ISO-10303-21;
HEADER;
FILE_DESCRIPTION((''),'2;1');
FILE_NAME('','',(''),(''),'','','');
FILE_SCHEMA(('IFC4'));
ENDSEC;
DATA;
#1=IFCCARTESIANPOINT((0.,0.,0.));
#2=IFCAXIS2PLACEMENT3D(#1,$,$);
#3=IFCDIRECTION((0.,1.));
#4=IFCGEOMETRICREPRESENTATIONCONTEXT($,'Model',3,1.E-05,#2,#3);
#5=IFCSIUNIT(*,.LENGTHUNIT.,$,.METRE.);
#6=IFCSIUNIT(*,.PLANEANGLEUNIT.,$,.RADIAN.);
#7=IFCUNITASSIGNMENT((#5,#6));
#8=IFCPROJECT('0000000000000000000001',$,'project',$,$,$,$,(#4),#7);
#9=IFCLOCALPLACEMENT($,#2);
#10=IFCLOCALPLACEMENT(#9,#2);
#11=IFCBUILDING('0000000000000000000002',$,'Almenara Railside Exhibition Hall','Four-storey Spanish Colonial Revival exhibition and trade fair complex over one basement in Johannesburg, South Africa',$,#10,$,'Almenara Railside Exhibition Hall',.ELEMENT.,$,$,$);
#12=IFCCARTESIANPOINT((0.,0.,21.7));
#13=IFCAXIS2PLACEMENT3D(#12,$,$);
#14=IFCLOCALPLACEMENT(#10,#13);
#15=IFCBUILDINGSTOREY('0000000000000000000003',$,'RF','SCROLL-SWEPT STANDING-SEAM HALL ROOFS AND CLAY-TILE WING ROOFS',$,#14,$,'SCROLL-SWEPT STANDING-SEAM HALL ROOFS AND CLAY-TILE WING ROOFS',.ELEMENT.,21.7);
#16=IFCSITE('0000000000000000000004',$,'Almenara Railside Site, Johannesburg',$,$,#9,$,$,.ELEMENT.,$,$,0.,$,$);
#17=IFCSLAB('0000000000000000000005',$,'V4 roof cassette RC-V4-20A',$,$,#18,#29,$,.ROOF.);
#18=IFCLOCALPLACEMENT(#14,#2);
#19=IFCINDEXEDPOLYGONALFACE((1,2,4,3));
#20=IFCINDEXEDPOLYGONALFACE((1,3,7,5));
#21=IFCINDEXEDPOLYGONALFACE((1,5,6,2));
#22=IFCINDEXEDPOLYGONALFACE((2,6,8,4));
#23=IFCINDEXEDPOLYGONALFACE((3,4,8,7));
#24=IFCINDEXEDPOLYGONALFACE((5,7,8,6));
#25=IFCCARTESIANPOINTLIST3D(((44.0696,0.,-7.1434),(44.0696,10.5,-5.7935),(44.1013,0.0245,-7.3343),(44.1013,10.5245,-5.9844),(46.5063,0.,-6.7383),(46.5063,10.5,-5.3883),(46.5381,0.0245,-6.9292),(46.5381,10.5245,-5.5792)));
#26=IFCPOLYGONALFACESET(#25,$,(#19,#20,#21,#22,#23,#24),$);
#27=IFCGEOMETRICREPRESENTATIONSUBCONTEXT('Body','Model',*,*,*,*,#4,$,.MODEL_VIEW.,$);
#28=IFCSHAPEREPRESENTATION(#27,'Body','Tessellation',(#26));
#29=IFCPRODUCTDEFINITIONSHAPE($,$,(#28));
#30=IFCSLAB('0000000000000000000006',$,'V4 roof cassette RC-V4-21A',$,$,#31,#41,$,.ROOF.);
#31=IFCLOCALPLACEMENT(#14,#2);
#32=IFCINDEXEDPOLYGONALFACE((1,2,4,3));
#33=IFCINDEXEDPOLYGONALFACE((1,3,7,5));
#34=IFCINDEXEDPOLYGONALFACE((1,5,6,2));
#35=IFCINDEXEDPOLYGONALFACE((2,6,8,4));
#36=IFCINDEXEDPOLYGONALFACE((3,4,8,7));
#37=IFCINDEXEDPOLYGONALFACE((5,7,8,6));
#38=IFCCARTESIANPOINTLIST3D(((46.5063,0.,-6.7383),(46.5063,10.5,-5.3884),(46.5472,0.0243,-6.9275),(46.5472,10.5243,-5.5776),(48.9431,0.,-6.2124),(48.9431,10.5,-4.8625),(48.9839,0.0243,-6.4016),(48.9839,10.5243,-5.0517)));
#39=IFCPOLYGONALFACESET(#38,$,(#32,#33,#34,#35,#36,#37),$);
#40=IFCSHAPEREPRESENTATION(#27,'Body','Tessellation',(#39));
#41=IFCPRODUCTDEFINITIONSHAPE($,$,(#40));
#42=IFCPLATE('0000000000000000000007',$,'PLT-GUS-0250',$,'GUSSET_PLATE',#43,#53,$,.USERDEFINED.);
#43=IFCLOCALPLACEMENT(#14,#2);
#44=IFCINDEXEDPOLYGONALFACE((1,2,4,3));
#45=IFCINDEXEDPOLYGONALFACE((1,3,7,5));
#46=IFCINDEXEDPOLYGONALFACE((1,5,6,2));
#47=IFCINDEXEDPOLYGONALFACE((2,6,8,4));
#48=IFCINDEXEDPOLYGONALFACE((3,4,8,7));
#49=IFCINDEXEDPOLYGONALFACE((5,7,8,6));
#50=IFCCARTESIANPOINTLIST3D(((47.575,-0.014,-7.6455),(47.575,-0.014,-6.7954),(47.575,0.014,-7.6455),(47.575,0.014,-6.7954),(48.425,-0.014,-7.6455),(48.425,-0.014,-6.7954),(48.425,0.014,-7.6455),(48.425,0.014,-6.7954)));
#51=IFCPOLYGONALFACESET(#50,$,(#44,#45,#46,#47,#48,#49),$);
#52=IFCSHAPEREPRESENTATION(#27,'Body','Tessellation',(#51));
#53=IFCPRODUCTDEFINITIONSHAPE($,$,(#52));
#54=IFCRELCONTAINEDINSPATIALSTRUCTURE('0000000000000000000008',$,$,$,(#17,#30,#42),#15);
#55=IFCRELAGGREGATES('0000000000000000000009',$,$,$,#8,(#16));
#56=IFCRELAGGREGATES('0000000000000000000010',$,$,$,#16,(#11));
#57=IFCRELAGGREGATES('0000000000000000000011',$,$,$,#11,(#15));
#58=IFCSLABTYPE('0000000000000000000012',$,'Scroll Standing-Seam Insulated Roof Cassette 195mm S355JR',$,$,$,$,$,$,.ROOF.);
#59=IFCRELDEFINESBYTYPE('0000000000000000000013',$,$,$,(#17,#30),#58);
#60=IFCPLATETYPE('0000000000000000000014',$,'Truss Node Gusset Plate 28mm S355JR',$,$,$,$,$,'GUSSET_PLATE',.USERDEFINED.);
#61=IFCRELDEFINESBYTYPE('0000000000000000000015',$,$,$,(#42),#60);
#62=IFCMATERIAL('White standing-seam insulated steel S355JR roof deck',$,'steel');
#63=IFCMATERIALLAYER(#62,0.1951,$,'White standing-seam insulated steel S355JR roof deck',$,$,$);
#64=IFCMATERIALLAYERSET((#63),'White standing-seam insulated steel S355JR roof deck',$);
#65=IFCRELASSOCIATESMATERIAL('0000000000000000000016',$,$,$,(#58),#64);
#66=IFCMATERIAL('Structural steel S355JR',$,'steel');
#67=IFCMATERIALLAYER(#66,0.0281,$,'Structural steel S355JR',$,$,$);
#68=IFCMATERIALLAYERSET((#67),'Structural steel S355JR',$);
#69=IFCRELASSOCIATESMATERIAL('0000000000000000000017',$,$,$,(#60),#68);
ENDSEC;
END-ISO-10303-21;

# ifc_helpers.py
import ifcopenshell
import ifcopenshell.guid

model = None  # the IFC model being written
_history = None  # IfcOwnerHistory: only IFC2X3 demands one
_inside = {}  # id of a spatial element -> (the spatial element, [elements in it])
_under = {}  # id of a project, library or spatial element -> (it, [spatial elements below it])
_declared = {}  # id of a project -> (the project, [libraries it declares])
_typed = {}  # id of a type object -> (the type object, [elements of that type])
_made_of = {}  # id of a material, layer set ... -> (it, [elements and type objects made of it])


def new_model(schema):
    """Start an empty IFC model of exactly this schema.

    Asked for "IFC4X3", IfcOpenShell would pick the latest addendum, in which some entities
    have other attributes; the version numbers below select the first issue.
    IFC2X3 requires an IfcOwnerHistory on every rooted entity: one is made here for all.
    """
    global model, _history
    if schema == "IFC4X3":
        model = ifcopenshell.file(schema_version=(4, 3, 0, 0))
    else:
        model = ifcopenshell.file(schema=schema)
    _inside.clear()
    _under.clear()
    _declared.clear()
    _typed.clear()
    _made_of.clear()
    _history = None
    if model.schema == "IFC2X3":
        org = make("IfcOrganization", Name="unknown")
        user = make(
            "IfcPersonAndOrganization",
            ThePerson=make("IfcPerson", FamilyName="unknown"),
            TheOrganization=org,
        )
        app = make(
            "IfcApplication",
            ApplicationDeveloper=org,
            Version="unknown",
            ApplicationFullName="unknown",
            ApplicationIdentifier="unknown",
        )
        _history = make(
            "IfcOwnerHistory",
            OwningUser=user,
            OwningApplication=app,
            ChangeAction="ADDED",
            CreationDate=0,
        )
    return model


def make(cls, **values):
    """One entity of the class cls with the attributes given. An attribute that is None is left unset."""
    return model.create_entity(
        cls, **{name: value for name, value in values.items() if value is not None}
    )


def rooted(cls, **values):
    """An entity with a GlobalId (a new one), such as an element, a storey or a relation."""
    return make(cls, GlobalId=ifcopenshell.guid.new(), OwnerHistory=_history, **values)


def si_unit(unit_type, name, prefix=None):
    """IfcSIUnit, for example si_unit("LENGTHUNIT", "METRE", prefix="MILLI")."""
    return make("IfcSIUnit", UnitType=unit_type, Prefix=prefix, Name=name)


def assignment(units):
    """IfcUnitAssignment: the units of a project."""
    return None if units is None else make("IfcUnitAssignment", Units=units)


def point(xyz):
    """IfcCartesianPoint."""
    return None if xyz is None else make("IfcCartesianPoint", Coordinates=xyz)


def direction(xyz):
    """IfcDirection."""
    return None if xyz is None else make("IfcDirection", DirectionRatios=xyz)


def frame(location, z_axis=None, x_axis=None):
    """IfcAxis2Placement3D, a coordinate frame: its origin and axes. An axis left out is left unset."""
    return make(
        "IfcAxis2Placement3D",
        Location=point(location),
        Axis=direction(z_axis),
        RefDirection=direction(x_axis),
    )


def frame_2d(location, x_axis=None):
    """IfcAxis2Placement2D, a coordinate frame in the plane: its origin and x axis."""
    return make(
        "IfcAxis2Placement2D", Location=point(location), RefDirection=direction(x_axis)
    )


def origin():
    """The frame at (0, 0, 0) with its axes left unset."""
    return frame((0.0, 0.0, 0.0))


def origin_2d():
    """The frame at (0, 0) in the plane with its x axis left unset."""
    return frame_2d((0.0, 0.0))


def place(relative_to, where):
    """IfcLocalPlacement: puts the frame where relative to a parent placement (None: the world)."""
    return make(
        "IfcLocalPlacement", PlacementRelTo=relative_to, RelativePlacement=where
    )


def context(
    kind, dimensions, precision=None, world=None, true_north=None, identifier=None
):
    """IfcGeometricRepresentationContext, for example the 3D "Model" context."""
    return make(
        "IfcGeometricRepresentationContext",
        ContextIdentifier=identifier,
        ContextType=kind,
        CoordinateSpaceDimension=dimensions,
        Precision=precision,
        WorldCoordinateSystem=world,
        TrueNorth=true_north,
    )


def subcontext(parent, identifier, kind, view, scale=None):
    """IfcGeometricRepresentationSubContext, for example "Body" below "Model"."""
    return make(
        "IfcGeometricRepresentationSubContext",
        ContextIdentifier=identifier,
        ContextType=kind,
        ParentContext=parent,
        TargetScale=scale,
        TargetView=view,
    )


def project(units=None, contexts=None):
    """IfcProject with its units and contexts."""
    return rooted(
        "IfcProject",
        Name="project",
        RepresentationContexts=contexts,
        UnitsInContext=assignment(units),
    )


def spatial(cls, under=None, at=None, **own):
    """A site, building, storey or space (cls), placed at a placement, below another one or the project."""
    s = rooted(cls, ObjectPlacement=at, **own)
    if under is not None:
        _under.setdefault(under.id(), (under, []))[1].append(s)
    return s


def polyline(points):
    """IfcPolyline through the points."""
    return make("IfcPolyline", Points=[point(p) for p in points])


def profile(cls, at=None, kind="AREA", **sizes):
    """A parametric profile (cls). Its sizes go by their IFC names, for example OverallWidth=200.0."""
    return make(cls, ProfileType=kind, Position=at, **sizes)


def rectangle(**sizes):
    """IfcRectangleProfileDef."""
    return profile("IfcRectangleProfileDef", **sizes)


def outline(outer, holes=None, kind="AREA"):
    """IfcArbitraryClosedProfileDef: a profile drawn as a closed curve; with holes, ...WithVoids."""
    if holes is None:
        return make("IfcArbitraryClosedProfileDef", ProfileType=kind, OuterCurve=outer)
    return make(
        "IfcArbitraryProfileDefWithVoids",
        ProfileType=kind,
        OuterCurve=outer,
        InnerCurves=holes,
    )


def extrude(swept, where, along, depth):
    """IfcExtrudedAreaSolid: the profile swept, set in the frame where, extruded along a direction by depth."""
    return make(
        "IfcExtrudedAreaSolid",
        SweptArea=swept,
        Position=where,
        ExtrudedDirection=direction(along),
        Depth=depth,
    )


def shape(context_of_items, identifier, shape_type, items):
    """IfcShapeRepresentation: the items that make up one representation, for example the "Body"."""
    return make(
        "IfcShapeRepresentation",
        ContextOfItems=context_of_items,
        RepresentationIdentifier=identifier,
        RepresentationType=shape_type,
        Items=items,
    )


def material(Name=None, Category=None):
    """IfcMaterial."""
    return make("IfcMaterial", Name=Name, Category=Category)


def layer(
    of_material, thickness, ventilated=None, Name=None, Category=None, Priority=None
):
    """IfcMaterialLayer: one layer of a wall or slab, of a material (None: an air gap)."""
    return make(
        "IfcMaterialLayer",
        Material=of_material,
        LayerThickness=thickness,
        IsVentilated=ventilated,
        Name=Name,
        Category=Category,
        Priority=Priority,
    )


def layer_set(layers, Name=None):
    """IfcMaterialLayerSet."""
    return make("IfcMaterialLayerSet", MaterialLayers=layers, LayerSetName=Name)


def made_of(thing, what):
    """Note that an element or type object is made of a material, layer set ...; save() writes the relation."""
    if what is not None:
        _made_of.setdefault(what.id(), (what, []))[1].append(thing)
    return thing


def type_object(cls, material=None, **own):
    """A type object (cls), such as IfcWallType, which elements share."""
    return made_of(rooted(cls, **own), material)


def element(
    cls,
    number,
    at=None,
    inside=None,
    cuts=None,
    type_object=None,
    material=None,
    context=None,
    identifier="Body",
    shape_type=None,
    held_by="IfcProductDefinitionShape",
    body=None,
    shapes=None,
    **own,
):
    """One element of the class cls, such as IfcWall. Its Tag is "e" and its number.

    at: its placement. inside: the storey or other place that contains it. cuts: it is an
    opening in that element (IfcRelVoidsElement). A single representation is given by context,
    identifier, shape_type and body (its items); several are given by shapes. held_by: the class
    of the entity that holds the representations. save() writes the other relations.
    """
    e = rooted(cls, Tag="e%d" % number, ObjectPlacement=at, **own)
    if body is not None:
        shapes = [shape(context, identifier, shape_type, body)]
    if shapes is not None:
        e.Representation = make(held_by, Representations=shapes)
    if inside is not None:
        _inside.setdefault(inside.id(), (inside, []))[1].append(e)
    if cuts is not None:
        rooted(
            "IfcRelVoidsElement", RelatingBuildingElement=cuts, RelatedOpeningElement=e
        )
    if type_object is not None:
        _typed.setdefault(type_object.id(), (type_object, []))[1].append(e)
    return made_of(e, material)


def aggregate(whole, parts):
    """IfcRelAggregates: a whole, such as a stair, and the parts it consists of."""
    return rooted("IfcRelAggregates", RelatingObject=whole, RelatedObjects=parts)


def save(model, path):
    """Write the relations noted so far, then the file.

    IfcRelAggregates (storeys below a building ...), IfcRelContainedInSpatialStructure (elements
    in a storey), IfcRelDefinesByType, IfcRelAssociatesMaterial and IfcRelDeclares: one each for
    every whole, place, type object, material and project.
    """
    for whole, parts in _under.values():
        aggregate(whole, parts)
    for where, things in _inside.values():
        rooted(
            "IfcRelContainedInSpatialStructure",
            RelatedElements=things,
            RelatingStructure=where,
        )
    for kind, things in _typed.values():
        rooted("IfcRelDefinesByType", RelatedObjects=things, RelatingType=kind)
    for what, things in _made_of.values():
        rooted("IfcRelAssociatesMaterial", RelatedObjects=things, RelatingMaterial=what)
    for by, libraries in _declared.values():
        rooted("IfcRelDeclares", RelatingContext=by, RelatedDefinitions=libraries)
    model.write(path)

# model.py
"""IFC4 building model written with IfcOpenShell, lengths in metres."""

from ifc_helpers import new_model, si_unit, direction, frame, origin, origin_2d, place, context, subcontext, project, spatial, polyline, rectangle, outline, extrude, material, layer, layer_set, type_object, element, save


model = new_model("IFC4")

# Units and contexts
model_context = context("Model", 3, precision=1e-05, world=origin(), true_north=direction((0.0, 1.0)))
body_context = subcontext(model_context, "Body", "Model", "MODEL_VIEW")
ifc_project = project(units=[si_unit("LENGTHUNIT", "METRE"), si_unit("PLANEANGLEUNIT", "RADIAN")], contexts=[model_context])

# Site, building, storey
site_placement = place(None, origin())
site = spatial("IfcSite", under=ifc_project, at=site_placement, Name="Almenara Railside Site, Johannesburg", CompositionType="ELEMENT", RefElevation=0.0)
building_placement = place(site_placement, origin())
building = spatial("IfcBuilding", under=site, at=building_placement, Name="Almenara Railside Exhibition Hall", Description="Four-storey Spanish Colonial Revival exhibition and trade fair complex over one basement in Johannesburg, South Africa", LongName="Almenara Railside Exhibition Hall", CompositionType="ELEMENT")
storey_placement = place(building_placement, frame((0.0, 0.0, 21.7)))
storey = spatial("IfcBuildingStorey", under=building, at=storey_placement, Name="RF", Description="SCROLL-SWEPT STANDING-SEAM HALL ROOFS AND CLAY-TILE WING ROOFS", LongName="SCROLL-SWEPT STANDING-SEAM HALL ROOFS AND CLAY-TILE WING ROOFS", CompositionType="ELEMENT", Elevation=21.7)

# Shared definitions
ifc_material_1 = material(Name="Structural steel S355JR", Category="steel")

# Slabs
ifc_material_2 = material(Name="White standing-seam insulated steel S355JR roof deck", Category="steel")
ifc_layer_1 = layer(ifc_material_2, 0.1951, Name="White standing-seam insulated steel S355JR roof deck")
ifc_layer_set_1 = layer_set([ifc_layer_1], Name="White standing-seam insulated steel S355JR roof deck")
slab_type = type_object("IfcSlabType", Name="Scroll Standing-Seam Insulated Roof Cassette 195mm S355JR", PredefinedType="ROOF", material=ifc_layer_set_1)
slab_1_placement = place(storey_placement, frame((44.0696, 10.5, -5.7935), z_axis=(-0.162711, -0.12582, 0.978619), x_axis=(0.986458, -0.000006, 0.164014)))
element("IfcSlab", 1, at=slab_1_placement, inside=storey, type_object=slab_type, Name="V4 roof cassette RC-V4-20A", PredefinedType="ROOF", context=body_context, shape_type="SweptSolid", body=[
    extrude(outline(polyline([(0.0, 0.0), (2.4702, 0.0), (2.2489, -10.5841), (-0.2214, -10.5841), (0.0, 0.0)])), origin(), (0.0, 0.0, -1.0), 0.1951),
])
slab_2_placement = place(storey_placement, frame((46.5063, 10.5, -5.3884), z_axis=(-0.209307, -0.124684, 0.969868), x_axis=(0.977496, 0.0, 0.210953)))
element("IfcSlab", 2, at=slab_2_placement, inside=storey, type_object=slab_type, Name="V4 roof cassette RC-V4-21A", PredefinedType="ROOF", context=body_context, shape_type="SweptSolid", body=[
    extrude(outline(polyline([(0.0, 0.0), (2.4929, 0.0), (2.2081, -10.5826), (-0.2848, -10.5826), (0.0, 0.0)])), origin(), (0.0, 0.0, -1.0), 0.1951),
])

# Plate
ifc_layer_2 = layer(ifc_material_1, 0.0281, Name="Structural steel S355JR")
ifc_layer_set_2 = layer_set([ifc_layer_2], Name="Structural steel S355JR")
plate_type = type_object("IfcPlateType", Name="Truss Node Gusset Plate 28mm S355JR", ElementType="GUSSET_PLATE", PredefinedType="USERDEFINED", material=ifc_layer_set_2)
plate_placement = place(storey_placement, frame((48.0, 0.0, -7.6455), z_axis=(0.0, 0.0, 1.0), x_axis=(1.0, 0.0, 0.0)))
element("IfcPlate", 3, at=plate_placement, inside=storey, type_object=plate_type, Name="PLT-GUS-0250", ObjectType="GUSSET_PLATE", PredefinedType="USERDEFINED", context=body_context, shape_type="SweptSolid", body=[
    extrude(rectangle(XDim=0.8501, YDim=0.0281, at=origin_2d()), origin(), (0.0, 0.0, 1.0), 0.8501),
])

save(model, "model.ifc")
